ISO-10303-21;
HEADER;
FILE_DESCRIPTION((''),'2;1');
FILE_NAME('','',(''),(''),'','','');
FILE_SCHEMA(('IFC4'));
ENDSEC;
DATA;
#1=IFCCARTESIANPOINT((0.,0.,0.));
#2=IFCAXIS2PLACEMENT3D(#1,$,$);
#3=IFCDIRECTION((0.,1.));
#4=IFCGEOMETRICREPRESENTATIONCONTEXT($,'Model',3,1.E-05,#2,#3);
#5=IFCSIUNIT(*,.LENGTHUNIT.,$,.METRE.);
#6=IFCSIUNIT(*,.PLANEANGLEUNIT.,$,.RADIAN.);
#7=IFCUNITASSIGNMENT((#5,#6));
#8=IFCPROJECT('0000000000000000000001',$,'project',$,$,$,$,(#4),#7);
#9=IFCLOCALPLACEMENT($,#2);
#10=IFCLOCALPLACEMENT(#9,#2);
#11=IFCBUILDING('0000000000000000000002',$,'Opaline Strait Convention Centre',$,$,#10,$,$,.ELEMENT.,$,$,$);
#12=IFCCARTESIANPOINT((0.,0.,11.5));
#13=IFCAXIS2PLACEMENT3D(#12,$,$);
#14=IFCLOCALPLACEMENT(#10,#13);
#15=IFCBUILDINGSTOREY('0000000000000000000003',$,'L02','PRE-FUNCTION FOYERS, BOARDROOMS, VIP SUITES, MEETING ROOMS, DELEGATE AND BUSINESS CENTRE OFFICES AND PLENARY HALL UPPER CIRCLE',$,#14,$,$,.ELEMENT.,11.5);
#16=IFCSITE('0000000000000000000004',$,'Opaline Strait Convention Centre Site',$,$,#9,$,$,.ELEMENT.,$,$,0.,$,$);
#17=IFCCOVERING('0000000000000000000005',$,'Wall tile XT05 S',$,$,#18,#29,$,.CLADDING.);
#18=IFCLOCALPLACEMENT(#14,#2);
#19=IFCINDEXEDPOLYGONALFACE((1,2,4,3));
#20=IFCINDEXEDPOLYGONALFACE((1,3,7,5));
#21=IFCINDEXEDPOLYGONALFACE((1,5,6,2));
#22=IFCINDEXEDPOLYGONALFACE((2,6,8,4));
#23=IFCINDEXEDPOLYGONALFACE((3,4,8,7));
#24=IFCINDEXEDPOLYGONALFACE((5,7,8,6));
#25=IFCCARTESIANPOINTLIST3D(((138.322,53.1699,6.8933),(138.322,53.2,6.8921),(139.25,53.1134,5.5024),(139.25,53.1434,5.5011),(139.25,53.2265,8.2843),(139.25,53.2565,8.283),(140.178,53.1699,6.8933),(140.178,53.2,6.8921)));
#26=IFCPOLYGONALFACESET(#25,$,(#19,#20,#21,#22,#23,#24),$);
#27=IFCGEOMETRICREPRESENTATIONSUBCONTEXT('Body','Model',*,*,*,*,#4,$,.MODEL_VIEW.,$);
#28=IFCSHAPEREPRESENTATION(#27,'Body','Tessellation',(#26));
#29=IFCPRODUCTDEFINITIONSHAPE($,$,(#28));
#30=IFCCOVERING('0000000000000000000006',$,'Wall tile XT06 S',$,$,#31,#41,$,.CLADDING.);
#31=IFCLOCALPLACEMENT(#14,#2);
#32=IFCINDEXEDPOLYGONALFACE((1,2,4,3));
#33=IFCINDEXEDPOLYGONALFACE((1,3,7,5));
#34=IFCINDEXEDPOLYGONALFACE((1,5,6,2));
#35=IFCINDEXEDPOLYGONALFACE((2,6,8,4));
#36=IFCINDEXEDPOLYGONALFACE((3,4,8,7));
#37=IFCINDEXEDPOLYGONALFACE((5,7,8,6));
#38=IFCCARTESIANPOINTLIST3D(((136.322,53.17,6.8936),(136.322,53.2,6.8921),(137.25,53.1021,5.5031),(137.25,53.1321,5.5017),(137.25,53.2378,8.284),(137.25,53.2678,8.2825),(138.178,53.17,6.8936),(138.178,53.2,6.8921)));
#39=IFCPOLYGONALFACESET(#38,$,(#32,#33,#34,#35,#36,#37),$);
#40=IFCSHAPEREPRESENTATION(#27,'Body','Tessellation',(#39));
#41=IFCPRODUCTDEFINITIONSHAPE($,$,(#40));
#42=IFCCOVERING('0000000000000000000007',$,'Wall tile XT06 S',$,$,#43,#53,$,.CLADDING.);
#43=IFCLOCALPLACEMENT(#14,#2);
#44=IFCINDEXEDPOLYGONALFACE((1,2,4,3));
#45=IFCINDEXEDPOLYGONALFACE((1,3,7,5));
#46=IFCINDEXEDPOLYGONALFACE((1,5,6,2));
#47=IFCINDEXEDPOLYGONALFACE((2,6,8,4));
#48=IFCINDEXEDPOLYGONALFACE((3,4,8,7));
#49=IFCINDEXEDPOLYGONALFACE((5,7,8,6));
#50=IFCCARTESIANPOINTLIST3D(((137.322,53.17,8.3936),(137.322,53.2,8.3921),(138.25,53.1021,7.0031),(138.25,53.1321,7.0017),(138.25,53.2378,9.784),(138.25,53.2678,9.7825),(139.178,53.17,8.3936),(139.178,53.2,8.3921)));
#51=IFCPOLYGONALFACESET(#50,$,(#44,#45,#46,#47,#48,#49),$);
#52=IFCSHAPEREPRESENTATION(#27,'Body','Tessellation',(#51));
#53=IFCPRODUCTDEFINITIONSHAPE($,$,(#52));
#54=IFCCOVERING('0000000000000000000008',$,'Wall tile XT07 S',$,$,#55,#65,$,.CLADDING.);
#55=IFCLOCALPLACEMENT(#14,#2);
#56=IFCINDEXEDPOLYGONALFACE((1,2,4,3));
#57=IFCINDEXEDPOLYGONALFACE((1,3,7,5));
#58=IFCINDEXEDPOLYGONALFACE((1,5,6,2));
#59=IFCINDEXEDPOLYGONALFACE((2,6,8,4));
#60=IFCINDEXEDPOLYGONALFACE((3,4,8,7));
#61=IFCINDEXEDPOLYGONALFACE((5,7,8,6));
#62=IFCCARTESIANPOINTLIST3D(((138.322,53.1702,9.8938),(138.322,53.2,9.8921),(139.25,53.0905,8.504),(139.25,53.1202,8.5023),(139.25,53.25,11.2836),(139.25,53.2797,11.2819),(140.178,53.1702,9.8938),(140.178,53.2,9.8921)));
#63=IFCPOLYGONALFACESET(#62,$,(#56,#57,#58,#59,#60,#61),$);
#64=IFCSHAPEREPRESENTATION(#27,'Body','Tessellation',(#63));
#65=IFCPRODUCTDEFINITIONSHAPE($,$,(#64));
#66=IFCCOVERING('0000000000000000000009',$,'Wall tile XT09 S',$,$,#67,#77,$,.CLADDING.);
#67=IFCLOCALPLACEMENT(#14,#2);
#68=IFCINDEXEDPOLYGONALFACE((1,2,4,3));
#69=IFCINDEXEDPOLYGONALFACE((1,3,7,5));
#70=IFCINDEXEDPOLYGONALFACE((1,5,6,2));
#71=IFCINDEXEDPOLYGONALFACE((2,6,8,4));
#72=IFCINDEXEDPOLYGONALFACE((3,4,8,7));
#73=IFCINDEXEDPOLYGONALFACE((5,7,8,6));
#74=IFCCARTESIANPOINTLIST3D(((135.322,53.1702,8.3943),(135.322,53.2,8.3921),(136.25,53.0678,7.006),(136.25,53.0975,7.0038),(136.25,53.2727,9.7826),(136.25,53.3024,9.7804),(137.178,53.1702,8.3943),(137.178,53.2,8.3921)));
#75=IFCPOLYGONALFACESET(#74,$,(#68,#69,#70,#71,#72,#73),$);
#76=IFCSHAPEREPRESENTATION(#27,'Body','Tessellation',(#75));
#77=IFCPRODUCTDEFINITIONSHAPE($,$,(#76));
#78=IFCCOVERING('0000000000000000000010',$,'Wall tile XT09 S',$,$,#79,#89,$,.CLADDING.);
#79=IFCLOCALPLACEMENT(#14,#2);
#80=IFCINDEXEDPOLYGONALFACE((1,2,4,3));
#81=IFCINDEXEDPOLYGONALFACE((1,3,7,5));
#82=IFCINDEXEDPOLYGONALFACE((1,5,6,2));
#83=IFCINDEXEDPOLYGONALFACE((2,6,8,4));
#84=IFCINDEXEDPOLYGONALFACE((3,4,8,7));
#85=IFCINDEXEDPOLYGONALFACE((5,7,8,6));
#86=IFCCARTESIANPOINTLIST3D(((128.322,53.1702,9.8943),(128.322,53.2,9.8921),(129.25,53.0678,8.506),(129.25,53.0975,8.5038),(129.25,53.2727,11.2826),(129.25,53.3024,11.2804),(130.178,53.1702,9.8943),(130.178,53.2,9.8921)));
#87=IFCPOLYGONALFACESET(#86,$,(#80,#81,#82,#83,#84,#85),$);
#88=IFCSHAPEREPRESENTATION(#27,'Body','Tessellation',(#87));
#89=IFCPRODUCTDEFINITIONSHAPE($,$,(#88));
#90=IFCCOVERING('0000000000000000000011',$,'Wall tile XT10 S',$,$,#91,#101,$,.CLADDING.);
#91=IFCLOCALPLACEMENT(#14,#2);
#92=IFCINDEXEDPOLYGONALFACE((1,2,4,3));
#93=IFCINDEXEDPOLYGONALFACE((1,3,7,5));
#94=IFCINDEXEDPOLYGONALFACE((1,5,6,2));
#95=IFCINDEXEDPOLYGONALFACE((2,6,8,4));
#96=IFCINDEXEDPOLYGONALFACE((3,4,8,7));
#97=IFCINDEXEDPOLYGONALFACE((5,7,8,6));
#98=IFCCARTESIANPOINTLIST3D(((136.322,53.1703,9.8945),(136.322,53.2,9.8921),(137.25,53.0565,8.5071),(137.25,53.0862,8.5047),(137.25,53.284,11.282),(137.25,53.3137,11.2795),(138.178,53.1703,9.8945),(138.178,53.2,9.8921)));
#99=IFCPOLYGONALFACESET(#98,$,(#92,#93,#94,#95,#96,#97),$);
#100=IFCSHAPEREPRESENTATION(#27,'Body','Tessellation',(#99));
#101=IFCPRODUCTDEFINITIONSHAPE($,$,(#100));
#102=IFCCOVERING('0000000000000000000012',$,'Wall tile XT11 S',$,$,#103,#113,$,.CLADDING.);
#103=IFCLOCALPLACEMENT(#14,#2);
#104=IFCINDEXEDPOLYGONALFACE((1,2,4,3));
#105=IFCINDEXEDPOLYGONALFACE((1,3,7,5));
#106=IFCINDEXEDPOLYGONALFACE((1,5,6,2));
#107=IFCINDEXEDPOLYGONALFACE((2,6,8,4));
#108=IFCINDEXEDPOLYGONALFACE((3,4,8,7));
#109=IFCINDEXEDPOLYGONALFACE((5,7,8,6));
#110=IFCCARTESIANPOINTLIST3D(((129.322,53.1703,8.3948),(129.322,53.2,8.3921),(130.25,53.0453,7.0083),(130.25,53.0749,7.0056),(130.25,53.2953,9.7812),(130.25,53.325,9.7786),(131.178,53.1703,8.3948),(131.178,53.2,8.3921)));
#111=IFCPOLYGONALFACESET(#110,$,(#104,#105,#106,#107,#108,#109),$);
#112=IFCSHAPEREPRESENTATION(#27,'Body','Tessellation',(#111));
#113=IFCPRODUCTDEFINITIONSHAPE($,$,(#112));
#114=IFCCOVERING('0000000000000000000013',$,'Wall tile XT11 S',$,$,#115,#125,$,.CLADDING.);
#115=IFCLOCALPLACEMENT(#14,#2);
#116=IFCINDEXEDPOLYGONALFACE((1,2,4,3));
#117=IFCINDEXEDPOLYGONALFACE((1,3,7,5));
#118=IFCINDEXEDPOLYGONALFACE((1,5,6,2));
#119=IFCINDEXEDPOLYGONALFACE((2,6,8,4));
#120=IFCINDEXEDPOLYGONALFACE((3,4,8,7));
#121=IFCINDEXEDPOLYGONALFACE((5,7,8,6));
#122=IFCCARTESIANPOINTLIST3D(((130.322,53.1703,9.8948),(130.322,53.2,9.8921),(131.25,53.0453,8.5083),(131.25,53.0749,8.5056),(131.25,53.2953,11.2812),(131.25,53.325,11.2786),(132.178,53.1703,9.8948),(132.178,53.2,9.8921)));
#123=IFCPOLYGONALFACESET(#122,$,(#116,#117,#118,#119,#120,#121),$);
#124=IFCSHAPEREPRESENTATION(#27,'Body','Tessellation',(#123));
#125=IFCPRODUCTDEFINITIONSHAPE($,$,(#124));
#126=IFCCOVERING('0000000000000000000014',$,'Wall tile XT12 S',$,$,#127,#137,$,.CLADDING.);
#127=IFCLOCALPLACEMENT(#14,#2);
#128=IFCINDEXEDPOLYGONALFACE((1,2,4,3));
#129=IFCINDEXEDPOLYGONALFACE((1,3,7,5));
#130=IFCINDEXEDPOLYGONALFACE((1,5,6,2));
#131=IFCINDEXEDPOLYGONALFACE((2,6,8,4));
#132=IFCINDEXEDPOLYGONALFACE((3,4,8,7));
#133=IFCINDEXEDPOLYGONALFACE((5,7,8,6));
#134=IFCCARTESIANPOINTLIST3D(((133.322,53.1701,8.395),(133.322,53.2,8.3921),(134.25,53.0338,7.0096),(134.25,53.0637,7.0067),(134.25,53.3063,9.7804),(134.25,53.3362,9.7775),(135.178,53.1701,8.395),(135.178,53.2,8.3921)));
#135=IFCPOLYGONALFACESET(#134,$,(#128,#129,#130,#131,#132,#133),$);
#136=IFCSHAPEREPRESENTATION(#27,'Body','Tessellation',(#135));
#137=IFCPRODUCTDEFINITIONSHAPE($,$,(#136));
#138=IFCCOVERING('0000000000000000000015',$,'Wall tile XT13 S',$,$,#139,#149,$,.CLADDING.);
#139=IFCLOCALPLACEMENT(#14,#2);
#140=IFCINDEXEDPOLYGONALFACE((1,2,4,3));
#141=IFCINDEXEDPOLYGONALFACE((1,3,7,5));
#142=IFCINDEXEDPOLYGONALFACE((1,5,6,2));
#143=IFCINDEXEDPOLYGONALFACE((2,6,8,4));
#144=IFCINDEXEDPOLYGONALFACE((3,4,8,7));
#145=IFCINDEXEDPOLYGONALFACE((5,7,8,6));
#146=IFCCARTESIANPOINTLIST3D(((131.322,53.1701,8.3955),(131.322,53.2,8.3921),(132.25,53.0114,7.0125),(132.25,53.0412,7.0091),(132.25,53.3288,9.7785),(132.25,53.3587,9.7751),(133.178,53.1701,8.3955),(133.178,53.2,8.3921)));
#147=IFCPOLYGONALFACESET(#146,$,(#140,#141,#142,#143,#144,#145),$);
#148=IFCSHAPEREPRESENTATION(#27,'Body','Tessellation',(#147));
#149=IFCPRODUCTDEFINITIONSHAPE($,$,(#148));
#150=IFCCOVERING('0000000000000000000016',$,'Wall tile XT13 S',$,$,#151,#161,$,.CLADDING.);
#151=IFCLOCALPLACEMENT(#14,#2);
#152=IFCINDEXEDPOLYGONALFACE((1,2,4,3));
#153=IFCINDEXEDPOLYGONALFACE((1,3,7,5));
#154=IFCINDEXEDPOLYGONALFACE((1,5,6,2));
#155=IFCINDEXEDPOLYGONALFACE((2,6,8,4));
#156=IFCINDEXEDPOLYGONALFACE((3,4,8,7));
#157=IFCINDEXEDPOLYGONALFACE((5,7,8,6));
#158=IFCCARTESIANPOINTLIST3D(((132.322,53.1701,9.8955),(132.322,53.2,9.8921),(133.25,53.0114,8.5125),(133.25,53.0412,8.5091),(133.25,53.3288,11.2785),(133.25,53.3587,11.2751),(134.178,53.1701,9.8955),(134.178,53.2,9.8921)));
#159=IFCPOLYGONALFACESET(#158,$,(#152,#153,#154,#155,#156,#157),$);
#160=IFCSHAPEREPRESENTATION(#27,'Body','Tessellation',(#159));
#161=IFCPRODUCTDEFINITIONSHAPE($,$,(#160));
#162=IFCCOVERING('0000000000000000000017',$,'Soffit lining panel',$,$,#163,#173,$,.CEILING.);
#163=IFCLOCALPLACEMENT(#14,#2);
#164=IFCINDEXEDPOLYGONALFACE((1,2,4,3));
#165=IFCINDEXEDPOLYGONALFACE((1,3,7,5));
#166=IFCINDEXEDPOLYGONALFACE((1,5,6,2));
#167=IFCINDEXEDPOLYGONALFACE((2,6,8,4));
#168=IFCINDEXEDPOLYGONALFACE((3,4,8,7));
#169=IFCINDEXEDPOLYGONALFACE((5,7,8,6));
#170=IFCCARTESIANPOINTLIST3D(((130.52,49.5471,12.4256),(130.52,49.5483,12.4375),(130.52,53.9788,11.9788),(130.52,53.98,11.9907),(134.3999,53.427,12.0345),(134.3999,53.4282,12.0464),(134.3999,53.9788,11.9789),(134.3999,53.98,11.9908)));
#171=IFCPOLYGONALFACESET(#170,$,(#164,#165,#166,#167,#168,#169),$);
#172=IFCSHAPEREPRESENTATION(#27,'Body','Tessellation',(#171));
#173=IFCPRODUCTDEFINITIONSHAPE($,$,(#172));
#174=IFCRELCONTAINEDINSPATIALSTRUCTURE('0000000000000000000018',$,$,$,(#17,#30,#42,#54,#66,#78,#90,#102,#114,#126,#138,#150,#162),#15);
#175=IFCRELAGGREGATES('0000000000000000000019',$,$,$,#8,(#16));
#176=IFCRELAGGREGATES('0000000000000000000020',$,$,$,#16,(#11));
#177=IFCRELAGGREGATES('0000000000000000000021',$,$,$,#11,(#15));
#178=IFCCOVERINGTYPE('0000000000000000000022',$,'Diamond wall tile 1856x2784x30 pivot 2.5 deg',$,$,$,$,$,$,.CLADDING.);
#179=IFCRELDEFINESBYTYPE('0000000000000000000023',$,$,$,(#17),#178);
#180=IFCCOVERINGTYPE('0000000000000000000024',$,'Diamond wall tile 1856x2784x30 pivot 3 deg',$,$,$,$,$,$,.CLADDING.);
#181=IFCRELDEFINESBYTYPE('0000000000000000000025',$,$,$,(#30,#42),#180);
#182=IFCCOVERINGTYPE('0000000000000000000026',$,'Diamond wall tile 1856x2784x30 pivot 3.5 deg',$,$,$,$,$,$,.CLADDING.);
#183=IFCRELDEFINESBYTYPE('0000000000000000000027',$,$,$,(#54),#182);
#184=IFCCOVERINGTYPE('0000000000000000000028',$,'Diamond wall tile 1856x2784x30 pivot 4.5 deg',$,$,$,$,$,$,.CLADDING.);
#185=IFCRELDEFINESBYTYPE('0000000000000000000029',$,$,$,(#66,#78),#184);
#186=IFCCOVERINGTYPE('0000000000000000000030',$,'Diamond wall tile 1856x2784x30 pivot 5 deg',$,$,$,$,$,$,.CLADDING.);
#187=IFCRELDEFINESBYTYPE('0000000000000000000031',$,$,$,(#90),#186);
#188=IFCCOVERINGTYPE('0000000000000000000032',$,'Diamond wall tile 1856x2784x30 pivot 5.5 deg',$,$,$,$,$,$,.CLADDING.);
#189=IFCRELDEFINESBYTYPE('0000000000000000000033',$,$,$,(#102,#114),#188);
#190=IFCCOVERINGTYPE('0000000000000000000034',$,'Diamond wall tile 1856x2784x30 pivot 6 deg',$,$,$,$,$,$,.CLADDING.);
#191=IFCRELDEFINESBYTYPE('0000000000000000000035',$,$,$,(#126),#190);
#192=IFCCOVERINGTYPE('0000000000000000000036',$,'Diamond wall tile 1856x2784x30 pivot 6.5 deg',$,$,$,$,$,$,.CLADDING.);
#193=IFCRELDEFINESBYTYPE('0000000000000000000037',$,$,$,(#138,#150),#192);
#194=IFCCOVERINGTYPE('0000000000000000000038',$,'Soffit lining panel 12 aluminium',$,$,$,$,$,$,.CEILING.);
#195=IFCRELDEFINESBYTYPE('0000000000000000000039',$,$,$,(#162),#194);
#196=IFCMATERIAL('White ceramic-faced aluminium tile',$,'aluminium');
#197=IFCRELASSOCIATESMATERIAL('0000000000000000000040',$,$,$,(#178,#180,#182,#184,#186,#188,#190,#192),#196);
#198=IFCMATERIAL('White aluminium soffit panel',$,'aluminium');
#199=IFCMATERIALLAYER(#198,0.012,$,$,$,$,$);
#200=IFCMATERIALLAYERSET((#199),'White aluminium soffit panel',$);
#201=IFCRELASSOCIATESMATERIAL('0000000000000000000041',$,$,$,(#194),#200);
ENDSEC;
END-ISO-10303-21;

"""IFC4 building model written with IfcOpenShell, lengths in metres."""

from ifc_helpers import new_model, si_unit, direction, frame, origin, place, context, subcontext, project, spatial, polyline, outline, extrude, material, layer, layer_set, material_profile, profile_set, type_object, element, save


model = new_model("IFC4")

# Units and contexts
model_context = context("Model", 3, precision=1e-05, world=origin(), true_north=direction((0.0, 1.0)))
body_context = subcontext(model_context, "Body", "Model", "MODEL_VIEW")
ifc_project = project(units=[si_unit("LENGTHUNIT", "METRE"), si_unit("PLANEANGLEUNIT", "RADIAN")], contexts=[model_context])

# Site, building, storey
site_placement = place(None, origin())
site = spatial("IfcSite", under=ifc_project, at=site_placement, Name="Opaline Strait Convention Centre Site", CompositionType="ELEMENT", RefElevation=0.0)
building_placement = place(site_placement, origin())
building = spatial("IfcBuilding", under=site, at=building_placement, Name="Opaline Strait Convention Centre", CompositionType="ELEMENT")
storey_placement = place(building_placement, frame((0.0, 0.0, 11.5)))
storey = spatial("IfcBuildingStorey", under=building, at=storey_placement, Name="L02", Description="PRE-FUNCTION FOYERS, BOARDROOMS, VIP SUITES, MEETING ROOMS, DELEGATE AND BUSINESS CENTRE OFFICES AND PLENARY HALL UPPER CIRCLE", CompositionType="ELEMENT", Elevation=11.5)

# Coverings
ifc_material_1 = material(Name="White ceramic-faced aluminium tile", Category="aluminium")
ifc_material_profile_1 = material_profile(ifc_material_1, outline(polyline([(0.928, 0.0), (0.0, 1.3921), (-0.928, 0.0), (0.0, -1.3921), (0.928, 0.0)])), Name="Diamond tile 1856x2784")
ifc_profile_set_1 = profile_set([ifc_material_profile_1], Name="White ceramic-faced aluminium tile")
covering_type_1 = type_object("IfcCoveringType", Name="Diamond wall tile 1856x2784x30 pivot 2.5 deg", PredefinedType="CLADDING", material=ifc_profile_set_1)
covering_1_placement = place(storey_placement, frame((139.25, 53.2, 6.8921), z_axis=(0.0, -0.999175, 0.040617), x_axis=(1.0, 0.0, 0.0)))
element("IfcCovering", 1, at=covering_1_placement, inside=storey, type_object=covering_type_1, Name="Wall tile XT05 S", PredefinedType="CLADDING", context=body_context, shape_type="SweptSolid", body=[
    extrude(outline(polyline([(0.928, 0.0), (0.0, 1.3921), (-0.928, 0.0), (0.0, -1.3921), (0.928, 0.0)])), origin(), (0.0, 0.0, 1.0), 0.03),
])
ifc_material_profile_2 = material_profile(ifc_material_1, outline(polyline([(0.928, 0.0), (0.0, 1.3921), (-0.928, 0.0), (0.0, -1.3921), (0.928, 0.0)])), Name="Diamond tile 1856x2784")
ifc_profile_set_2 = profile_set([ifc_material_profile_2], Name="White ceramic-faced aluminium tile")
covering_type_2 = type_object("IfcCoveringType", Name="Diamond wall tile 1856x2784x30 pivot 3 deg", PredefinedType="CLADDING", material=ifc_profile_set_2)
for number, where, z_axis, x_axis, name in (
    (2, (137.25, 53.2, 6.8921), (0.0, -0.998812, 0.048723), (1.0, 0.0, 0.0), "Wall tile XT06 S"),
    (3, (138.25, 53.2, 8.3921), (0.0, -0.998812, 0.048723), (1.0, 0.0, 0.0), "Wall tile XT06 S"),
):
    element("IfcCovering", number, at=place(storey_placement, frame(where, z_axis=z_axis, x_axis=x_axis)), inside=storey, type_object=covering_type_2, Name=name, PredefinedType="CLADDING", context=body_context, shape_type="SweptSolid", body=[
        extrude(outline(polyline([(0.928, 0.0), (0.0, 1.3921), (-0.928, 0.0), (0.0, -1.3921), (0.928, 0.0)])), origin(), (0.0, 0.0, 1.0), 0.03),
    ])
ifc_material_profile_3 = material_profile(ifc_material_1, outline(polyline([(0.928, 0.0), (0.0, 1.3921), (-0.928, 0.0), (0.0, -1.3921), (0.928, 0.0)])), Name="Diamond tile 1856x2784")
ifc_profile_set_3 = profile_set([ifc_material_profile_3], Name="White ceramic-faced aluminium tile")
covering_type_3 = type_object("IfcCoveringType", Name="Diamond wall tile 1856x2784x30 pivot 3.5 deg", PredefinedType="CLADDING", material=ifc_profile_set_3)
covering_2_placement = place(storey_placement, frame((139.25, 53.2, 9.8921), z_axis=(0.0, -0.998358, 0.057283), x_axis=(1.0, 0.0, 0.0)))
element("IfcCovering", 4, at=covering_2_placement, inside=storey, type_object=covering_type_3, Name="Wall tile XT07 S", PredefinedType="CLADDING", context=body_context, shape_type="SweptSolid", body=[
    extrude(outline(polyline([(0.928, 0.0), (0.0, 1.3921), (-0.928, 0.0), (0.0, -1.3921), (0.928, 0.0)])), origin(), (0.0, 0.0, 1.0), 0.0298),
])
ifc_material_profile_4 = material_profile(ifc_material_1, outline(polyline([(0.928, 0.0), (0.0, 1.3921), (-0.928, 0.0), (0.0, -1.3921), (0.928, 0.0)])), Name="Diamond tile 1856x2784")
ifc_profile_set_4 = profile_set([ifc_material_profile_4], Name="White ceramic-faced aluminium tile")
covering_type_4 = type_object("IfcCoveringType", Name="Diamond wall tile 1856x2784x30 pivot 4.5 deg", PredefinedType="CLADDING", material=ifc_profile_set_4)
for number, where, z_axis, x_axis, name in (
    (5, (136.25, 53.2, 8.3921), (0.0, -0.99729, 0.073571), (1.0, 0.0, 0.0), "Wall tile XT09 S"),
    (6, (129.25, 53.2, 9.8921), (0.0, -0.99729, 0.073571), (1.0, 0.0, 0.0), "Wall tile XT09 S"),
):
    element("IfcCovering", number, at=place(storey_placement, frame(where, z_axis=z_axis, x_axis=x_axis)), inside=storey, type_object=covering_type_4, Name=name, PredefinedType="CLADDING", context=body_context, shape_type="SweptSolid", body=[
        extrude(outline(polyline([(0.928, 0.0), (0.0, 1.3921), (-0.928, 0.0), (0.0, -1.3921), (0.928, 0.0)])), origin(), (0.0, 0.0, 1.0), 0.0298),
    ])
ifc_material_profile_5 = material_profile(ifc_material_1, outline(polyline([(0.928, 0.0), (0.0, 1.3921), (-0.928, 0.0), (0.0, -1.3921), (0.928, 0.0)])), Name="Diamond tile 1856x2784")
ifc_profile_set_5 = profile_set([ifc_material_profile_5], Name="White ceramic-faced aluminium tile")
covering_type_5 = type_object("IfcCoveringType", Name="Diamond wall tile 1856x2784x30 pivot 5 deg", PredefinedType="CLADDING", material=ifc_profile_set_5)
covering_3_placement = place(storey_placement, frame((137.25, 53.2, 9.8921), z_axis=(0.0, -0.996658, 0.081693), x_axis=(1.0, 0.0, 0.0)))
element("IfcCovering", 7, at=covering_3_placement, inside=storey, type_object=covering_type_5, Name="Wall tile XT10 S", PredefinedType="CLADDING", context=body_context, shape_type="SweptSolid", body=[
    extrude(outline(polyline([(0.928, 0.0), (0.0, 1.3921), (-0.928, 0.0), (0.0, -1.3921), (0.928, 0.0)])), origin(), (0.0, 0.0, 1.0), 0.0298),
])
ifc_material_profile_6 = material_profile(ifc_material_1, outline(polyline([(0.928, 0.0), (0.0, 1.3921), (-0.928, 0.0), (0.0, -1.3921), (0.928, 0.0)])), Name="Diamond tile 1856x2784")
ifc_profile_set_6 = profile_set([ifc_material_profile_6], Name="White ceramic-faced aluminium tile")
covering_type_6 = type_object("IfcCoveringType", Name="Diamond wall tile 1856x2784x30 pivot 5.5 deg", PredefinedType="CLADDING", material=ifc_profile_set_6)
for number, where, z_axis, x_axis, name in (
    (8, (130.25, 53.2, 8.3921), (0.0, -0.99596, 0.0898), (1.0, 0.0, 0.0), "Wall tile XT11 S"),
    (9, (131.25, 53.2, 9.8921), (0.0, -0.99596, 0.0898), (1.0, 0.0, 0.0), "Wall tile XT11 S"),
):
    element("IfcCovering", number, at=place(storey_placement, frame(where, z_axis=z_axis, x_axis=x_axis)), inside=storey, type_object=covering_type_6, Name=name, PredefinedType="CLADDING", context=body_context, shape_type="SweptSolid", body=[
        extrude(outline(polyline([(0.928, 0.0), (0.0, 1.3921), (-0.928, 0.0), (0.0, -1.3921), (0.928, 0.0)])), origin(), (0.0, 0.0, 1.0), 0.0298),
    ])
ifc_material_profile_7 = material_profile(ifc_material_1, outline(polyline([(0.928, 0.0), (0.0, 1.3921), (-0.928, 0.0), (0.0, -1.3921), (0.928, 0.0)])), Name="Diamond tile 1856x2784")
ifc_profile_set_7 = profile_set([ifc_material_profile_7], Name="White ceramic-faced aluminium tile")
covering_type_7 = type_object("IfcCoveringType", Name="Diamond wall tile 1856x2784x30 pivot 6 deg", PredefinedType="CLADDING", material=ifc_profile_set_7)
covering_4_placement = place(storey_placement, frame((134.25, 53.2, 8.3921), z_axis=(0.0, -0.995197, 0.097888), x_axis=(1.0, 0.0, 0.0)))
element("IfcCovering", 10, at=covering_4_placement, inside=storey, type_object=covering_type_7, Name="Wall tile XT12 S", PredefinedType="CLADDING", context=body_context, shape_type="SweptSolid", body=[
    extrude(outline(polyline([(0.928, 0.0), (0.0, 1.3921), (-0.928, 0.0), (0.0, -1.3921), (0.928, 0.0)])), origin(), (0.0, 0.0, 1.0), 0.03),
])
ifc_material_profile_8 = material_profile(ifc_material_1, outline(polyline([(0.928, 0.0), (0.0, 1.3921), (-0.928, 0.0), (0.0, -1.3921), (0.928, 0.0)])), Name="Diamond tile 1856x2784")
ifc_profile_set_8 = profile_set([ifc_material_profile_8], Name="White ceramic-faced aluminium tile")
covering_type_8 = type_object("IfcCoveringType", Name="Diamond wall tile 1856x2784x30 pivot 6.5 deg", PredefinedType="CLADDING", material=ifc_profile_set_8)
for number, where, z_axis, x_axis, name in (
    (11, (132.25, 53.2, 8.3921), (0.0, -0.99348, 0.114006), (1.0, 0.0, 0.0), "Wall tile XT13 S"),
    (12, (133.25, 53.2, 9.8921), (0.0, -0.99348, 0.114006), (1.0, 0.0, 0.0), "Wall tile XT13 S"),
):
    element("IfcCovering", number, at=place(storey_placement, frame(where, z_axis=z_axis, x_axis=x_axis)), inside=storey, type_object=covering_type_8, Name=name, PredefinedType="CLADDING", context=body_context, shape_type="SweptSolid", body=[
        extrude(outline(polyline([(0.928, 0.0), (0.0, 1.3921), (-0.928, 0.0), (0.0, -1.3921), (0.928, 0.0)])), origin(), (0.0, 0.0, 1.0), 0.03),
    ])
ifc_material_2 = material(Name="White aluminium soffit panel", Category="aluminium")
ifc_layer = layer(ifc_material_2, 0.012)
ifc_layer_set = layer_set([ifc_layer], Name="White aluminium soffit panel")
covering_type_9 = type_object("IfcCoveringType", Name="Soffit lining panel 12 aluminium", PredefinedType="CEILING", material=ifc_layer_set)
covering_5_placement = place(storey_placement, frame((130.52, 53.98, 11.9907), z_axis=(-0.000009, 0.100314, 0.994956), x_axis=(1.0, 0.000001, 0.000009)))
element("IfcCovering", 13, at=covering_5_placement, inside=storey, type_object=covering_type_9, Name="Soffit lining panel", PredefinedType="CEILING", context=body_context, shape_type="SweptSolid", body=[
    extrude(outline(polyline([(0.0, 0.0), (3.8799, 0.0), (3.8799, -0.5546), (0.0, -4.4541), (0.0, 0.0)])), origin(), (0.0, 0.0, -1.0), 0.012),
])

save(model, "model.ifc")
